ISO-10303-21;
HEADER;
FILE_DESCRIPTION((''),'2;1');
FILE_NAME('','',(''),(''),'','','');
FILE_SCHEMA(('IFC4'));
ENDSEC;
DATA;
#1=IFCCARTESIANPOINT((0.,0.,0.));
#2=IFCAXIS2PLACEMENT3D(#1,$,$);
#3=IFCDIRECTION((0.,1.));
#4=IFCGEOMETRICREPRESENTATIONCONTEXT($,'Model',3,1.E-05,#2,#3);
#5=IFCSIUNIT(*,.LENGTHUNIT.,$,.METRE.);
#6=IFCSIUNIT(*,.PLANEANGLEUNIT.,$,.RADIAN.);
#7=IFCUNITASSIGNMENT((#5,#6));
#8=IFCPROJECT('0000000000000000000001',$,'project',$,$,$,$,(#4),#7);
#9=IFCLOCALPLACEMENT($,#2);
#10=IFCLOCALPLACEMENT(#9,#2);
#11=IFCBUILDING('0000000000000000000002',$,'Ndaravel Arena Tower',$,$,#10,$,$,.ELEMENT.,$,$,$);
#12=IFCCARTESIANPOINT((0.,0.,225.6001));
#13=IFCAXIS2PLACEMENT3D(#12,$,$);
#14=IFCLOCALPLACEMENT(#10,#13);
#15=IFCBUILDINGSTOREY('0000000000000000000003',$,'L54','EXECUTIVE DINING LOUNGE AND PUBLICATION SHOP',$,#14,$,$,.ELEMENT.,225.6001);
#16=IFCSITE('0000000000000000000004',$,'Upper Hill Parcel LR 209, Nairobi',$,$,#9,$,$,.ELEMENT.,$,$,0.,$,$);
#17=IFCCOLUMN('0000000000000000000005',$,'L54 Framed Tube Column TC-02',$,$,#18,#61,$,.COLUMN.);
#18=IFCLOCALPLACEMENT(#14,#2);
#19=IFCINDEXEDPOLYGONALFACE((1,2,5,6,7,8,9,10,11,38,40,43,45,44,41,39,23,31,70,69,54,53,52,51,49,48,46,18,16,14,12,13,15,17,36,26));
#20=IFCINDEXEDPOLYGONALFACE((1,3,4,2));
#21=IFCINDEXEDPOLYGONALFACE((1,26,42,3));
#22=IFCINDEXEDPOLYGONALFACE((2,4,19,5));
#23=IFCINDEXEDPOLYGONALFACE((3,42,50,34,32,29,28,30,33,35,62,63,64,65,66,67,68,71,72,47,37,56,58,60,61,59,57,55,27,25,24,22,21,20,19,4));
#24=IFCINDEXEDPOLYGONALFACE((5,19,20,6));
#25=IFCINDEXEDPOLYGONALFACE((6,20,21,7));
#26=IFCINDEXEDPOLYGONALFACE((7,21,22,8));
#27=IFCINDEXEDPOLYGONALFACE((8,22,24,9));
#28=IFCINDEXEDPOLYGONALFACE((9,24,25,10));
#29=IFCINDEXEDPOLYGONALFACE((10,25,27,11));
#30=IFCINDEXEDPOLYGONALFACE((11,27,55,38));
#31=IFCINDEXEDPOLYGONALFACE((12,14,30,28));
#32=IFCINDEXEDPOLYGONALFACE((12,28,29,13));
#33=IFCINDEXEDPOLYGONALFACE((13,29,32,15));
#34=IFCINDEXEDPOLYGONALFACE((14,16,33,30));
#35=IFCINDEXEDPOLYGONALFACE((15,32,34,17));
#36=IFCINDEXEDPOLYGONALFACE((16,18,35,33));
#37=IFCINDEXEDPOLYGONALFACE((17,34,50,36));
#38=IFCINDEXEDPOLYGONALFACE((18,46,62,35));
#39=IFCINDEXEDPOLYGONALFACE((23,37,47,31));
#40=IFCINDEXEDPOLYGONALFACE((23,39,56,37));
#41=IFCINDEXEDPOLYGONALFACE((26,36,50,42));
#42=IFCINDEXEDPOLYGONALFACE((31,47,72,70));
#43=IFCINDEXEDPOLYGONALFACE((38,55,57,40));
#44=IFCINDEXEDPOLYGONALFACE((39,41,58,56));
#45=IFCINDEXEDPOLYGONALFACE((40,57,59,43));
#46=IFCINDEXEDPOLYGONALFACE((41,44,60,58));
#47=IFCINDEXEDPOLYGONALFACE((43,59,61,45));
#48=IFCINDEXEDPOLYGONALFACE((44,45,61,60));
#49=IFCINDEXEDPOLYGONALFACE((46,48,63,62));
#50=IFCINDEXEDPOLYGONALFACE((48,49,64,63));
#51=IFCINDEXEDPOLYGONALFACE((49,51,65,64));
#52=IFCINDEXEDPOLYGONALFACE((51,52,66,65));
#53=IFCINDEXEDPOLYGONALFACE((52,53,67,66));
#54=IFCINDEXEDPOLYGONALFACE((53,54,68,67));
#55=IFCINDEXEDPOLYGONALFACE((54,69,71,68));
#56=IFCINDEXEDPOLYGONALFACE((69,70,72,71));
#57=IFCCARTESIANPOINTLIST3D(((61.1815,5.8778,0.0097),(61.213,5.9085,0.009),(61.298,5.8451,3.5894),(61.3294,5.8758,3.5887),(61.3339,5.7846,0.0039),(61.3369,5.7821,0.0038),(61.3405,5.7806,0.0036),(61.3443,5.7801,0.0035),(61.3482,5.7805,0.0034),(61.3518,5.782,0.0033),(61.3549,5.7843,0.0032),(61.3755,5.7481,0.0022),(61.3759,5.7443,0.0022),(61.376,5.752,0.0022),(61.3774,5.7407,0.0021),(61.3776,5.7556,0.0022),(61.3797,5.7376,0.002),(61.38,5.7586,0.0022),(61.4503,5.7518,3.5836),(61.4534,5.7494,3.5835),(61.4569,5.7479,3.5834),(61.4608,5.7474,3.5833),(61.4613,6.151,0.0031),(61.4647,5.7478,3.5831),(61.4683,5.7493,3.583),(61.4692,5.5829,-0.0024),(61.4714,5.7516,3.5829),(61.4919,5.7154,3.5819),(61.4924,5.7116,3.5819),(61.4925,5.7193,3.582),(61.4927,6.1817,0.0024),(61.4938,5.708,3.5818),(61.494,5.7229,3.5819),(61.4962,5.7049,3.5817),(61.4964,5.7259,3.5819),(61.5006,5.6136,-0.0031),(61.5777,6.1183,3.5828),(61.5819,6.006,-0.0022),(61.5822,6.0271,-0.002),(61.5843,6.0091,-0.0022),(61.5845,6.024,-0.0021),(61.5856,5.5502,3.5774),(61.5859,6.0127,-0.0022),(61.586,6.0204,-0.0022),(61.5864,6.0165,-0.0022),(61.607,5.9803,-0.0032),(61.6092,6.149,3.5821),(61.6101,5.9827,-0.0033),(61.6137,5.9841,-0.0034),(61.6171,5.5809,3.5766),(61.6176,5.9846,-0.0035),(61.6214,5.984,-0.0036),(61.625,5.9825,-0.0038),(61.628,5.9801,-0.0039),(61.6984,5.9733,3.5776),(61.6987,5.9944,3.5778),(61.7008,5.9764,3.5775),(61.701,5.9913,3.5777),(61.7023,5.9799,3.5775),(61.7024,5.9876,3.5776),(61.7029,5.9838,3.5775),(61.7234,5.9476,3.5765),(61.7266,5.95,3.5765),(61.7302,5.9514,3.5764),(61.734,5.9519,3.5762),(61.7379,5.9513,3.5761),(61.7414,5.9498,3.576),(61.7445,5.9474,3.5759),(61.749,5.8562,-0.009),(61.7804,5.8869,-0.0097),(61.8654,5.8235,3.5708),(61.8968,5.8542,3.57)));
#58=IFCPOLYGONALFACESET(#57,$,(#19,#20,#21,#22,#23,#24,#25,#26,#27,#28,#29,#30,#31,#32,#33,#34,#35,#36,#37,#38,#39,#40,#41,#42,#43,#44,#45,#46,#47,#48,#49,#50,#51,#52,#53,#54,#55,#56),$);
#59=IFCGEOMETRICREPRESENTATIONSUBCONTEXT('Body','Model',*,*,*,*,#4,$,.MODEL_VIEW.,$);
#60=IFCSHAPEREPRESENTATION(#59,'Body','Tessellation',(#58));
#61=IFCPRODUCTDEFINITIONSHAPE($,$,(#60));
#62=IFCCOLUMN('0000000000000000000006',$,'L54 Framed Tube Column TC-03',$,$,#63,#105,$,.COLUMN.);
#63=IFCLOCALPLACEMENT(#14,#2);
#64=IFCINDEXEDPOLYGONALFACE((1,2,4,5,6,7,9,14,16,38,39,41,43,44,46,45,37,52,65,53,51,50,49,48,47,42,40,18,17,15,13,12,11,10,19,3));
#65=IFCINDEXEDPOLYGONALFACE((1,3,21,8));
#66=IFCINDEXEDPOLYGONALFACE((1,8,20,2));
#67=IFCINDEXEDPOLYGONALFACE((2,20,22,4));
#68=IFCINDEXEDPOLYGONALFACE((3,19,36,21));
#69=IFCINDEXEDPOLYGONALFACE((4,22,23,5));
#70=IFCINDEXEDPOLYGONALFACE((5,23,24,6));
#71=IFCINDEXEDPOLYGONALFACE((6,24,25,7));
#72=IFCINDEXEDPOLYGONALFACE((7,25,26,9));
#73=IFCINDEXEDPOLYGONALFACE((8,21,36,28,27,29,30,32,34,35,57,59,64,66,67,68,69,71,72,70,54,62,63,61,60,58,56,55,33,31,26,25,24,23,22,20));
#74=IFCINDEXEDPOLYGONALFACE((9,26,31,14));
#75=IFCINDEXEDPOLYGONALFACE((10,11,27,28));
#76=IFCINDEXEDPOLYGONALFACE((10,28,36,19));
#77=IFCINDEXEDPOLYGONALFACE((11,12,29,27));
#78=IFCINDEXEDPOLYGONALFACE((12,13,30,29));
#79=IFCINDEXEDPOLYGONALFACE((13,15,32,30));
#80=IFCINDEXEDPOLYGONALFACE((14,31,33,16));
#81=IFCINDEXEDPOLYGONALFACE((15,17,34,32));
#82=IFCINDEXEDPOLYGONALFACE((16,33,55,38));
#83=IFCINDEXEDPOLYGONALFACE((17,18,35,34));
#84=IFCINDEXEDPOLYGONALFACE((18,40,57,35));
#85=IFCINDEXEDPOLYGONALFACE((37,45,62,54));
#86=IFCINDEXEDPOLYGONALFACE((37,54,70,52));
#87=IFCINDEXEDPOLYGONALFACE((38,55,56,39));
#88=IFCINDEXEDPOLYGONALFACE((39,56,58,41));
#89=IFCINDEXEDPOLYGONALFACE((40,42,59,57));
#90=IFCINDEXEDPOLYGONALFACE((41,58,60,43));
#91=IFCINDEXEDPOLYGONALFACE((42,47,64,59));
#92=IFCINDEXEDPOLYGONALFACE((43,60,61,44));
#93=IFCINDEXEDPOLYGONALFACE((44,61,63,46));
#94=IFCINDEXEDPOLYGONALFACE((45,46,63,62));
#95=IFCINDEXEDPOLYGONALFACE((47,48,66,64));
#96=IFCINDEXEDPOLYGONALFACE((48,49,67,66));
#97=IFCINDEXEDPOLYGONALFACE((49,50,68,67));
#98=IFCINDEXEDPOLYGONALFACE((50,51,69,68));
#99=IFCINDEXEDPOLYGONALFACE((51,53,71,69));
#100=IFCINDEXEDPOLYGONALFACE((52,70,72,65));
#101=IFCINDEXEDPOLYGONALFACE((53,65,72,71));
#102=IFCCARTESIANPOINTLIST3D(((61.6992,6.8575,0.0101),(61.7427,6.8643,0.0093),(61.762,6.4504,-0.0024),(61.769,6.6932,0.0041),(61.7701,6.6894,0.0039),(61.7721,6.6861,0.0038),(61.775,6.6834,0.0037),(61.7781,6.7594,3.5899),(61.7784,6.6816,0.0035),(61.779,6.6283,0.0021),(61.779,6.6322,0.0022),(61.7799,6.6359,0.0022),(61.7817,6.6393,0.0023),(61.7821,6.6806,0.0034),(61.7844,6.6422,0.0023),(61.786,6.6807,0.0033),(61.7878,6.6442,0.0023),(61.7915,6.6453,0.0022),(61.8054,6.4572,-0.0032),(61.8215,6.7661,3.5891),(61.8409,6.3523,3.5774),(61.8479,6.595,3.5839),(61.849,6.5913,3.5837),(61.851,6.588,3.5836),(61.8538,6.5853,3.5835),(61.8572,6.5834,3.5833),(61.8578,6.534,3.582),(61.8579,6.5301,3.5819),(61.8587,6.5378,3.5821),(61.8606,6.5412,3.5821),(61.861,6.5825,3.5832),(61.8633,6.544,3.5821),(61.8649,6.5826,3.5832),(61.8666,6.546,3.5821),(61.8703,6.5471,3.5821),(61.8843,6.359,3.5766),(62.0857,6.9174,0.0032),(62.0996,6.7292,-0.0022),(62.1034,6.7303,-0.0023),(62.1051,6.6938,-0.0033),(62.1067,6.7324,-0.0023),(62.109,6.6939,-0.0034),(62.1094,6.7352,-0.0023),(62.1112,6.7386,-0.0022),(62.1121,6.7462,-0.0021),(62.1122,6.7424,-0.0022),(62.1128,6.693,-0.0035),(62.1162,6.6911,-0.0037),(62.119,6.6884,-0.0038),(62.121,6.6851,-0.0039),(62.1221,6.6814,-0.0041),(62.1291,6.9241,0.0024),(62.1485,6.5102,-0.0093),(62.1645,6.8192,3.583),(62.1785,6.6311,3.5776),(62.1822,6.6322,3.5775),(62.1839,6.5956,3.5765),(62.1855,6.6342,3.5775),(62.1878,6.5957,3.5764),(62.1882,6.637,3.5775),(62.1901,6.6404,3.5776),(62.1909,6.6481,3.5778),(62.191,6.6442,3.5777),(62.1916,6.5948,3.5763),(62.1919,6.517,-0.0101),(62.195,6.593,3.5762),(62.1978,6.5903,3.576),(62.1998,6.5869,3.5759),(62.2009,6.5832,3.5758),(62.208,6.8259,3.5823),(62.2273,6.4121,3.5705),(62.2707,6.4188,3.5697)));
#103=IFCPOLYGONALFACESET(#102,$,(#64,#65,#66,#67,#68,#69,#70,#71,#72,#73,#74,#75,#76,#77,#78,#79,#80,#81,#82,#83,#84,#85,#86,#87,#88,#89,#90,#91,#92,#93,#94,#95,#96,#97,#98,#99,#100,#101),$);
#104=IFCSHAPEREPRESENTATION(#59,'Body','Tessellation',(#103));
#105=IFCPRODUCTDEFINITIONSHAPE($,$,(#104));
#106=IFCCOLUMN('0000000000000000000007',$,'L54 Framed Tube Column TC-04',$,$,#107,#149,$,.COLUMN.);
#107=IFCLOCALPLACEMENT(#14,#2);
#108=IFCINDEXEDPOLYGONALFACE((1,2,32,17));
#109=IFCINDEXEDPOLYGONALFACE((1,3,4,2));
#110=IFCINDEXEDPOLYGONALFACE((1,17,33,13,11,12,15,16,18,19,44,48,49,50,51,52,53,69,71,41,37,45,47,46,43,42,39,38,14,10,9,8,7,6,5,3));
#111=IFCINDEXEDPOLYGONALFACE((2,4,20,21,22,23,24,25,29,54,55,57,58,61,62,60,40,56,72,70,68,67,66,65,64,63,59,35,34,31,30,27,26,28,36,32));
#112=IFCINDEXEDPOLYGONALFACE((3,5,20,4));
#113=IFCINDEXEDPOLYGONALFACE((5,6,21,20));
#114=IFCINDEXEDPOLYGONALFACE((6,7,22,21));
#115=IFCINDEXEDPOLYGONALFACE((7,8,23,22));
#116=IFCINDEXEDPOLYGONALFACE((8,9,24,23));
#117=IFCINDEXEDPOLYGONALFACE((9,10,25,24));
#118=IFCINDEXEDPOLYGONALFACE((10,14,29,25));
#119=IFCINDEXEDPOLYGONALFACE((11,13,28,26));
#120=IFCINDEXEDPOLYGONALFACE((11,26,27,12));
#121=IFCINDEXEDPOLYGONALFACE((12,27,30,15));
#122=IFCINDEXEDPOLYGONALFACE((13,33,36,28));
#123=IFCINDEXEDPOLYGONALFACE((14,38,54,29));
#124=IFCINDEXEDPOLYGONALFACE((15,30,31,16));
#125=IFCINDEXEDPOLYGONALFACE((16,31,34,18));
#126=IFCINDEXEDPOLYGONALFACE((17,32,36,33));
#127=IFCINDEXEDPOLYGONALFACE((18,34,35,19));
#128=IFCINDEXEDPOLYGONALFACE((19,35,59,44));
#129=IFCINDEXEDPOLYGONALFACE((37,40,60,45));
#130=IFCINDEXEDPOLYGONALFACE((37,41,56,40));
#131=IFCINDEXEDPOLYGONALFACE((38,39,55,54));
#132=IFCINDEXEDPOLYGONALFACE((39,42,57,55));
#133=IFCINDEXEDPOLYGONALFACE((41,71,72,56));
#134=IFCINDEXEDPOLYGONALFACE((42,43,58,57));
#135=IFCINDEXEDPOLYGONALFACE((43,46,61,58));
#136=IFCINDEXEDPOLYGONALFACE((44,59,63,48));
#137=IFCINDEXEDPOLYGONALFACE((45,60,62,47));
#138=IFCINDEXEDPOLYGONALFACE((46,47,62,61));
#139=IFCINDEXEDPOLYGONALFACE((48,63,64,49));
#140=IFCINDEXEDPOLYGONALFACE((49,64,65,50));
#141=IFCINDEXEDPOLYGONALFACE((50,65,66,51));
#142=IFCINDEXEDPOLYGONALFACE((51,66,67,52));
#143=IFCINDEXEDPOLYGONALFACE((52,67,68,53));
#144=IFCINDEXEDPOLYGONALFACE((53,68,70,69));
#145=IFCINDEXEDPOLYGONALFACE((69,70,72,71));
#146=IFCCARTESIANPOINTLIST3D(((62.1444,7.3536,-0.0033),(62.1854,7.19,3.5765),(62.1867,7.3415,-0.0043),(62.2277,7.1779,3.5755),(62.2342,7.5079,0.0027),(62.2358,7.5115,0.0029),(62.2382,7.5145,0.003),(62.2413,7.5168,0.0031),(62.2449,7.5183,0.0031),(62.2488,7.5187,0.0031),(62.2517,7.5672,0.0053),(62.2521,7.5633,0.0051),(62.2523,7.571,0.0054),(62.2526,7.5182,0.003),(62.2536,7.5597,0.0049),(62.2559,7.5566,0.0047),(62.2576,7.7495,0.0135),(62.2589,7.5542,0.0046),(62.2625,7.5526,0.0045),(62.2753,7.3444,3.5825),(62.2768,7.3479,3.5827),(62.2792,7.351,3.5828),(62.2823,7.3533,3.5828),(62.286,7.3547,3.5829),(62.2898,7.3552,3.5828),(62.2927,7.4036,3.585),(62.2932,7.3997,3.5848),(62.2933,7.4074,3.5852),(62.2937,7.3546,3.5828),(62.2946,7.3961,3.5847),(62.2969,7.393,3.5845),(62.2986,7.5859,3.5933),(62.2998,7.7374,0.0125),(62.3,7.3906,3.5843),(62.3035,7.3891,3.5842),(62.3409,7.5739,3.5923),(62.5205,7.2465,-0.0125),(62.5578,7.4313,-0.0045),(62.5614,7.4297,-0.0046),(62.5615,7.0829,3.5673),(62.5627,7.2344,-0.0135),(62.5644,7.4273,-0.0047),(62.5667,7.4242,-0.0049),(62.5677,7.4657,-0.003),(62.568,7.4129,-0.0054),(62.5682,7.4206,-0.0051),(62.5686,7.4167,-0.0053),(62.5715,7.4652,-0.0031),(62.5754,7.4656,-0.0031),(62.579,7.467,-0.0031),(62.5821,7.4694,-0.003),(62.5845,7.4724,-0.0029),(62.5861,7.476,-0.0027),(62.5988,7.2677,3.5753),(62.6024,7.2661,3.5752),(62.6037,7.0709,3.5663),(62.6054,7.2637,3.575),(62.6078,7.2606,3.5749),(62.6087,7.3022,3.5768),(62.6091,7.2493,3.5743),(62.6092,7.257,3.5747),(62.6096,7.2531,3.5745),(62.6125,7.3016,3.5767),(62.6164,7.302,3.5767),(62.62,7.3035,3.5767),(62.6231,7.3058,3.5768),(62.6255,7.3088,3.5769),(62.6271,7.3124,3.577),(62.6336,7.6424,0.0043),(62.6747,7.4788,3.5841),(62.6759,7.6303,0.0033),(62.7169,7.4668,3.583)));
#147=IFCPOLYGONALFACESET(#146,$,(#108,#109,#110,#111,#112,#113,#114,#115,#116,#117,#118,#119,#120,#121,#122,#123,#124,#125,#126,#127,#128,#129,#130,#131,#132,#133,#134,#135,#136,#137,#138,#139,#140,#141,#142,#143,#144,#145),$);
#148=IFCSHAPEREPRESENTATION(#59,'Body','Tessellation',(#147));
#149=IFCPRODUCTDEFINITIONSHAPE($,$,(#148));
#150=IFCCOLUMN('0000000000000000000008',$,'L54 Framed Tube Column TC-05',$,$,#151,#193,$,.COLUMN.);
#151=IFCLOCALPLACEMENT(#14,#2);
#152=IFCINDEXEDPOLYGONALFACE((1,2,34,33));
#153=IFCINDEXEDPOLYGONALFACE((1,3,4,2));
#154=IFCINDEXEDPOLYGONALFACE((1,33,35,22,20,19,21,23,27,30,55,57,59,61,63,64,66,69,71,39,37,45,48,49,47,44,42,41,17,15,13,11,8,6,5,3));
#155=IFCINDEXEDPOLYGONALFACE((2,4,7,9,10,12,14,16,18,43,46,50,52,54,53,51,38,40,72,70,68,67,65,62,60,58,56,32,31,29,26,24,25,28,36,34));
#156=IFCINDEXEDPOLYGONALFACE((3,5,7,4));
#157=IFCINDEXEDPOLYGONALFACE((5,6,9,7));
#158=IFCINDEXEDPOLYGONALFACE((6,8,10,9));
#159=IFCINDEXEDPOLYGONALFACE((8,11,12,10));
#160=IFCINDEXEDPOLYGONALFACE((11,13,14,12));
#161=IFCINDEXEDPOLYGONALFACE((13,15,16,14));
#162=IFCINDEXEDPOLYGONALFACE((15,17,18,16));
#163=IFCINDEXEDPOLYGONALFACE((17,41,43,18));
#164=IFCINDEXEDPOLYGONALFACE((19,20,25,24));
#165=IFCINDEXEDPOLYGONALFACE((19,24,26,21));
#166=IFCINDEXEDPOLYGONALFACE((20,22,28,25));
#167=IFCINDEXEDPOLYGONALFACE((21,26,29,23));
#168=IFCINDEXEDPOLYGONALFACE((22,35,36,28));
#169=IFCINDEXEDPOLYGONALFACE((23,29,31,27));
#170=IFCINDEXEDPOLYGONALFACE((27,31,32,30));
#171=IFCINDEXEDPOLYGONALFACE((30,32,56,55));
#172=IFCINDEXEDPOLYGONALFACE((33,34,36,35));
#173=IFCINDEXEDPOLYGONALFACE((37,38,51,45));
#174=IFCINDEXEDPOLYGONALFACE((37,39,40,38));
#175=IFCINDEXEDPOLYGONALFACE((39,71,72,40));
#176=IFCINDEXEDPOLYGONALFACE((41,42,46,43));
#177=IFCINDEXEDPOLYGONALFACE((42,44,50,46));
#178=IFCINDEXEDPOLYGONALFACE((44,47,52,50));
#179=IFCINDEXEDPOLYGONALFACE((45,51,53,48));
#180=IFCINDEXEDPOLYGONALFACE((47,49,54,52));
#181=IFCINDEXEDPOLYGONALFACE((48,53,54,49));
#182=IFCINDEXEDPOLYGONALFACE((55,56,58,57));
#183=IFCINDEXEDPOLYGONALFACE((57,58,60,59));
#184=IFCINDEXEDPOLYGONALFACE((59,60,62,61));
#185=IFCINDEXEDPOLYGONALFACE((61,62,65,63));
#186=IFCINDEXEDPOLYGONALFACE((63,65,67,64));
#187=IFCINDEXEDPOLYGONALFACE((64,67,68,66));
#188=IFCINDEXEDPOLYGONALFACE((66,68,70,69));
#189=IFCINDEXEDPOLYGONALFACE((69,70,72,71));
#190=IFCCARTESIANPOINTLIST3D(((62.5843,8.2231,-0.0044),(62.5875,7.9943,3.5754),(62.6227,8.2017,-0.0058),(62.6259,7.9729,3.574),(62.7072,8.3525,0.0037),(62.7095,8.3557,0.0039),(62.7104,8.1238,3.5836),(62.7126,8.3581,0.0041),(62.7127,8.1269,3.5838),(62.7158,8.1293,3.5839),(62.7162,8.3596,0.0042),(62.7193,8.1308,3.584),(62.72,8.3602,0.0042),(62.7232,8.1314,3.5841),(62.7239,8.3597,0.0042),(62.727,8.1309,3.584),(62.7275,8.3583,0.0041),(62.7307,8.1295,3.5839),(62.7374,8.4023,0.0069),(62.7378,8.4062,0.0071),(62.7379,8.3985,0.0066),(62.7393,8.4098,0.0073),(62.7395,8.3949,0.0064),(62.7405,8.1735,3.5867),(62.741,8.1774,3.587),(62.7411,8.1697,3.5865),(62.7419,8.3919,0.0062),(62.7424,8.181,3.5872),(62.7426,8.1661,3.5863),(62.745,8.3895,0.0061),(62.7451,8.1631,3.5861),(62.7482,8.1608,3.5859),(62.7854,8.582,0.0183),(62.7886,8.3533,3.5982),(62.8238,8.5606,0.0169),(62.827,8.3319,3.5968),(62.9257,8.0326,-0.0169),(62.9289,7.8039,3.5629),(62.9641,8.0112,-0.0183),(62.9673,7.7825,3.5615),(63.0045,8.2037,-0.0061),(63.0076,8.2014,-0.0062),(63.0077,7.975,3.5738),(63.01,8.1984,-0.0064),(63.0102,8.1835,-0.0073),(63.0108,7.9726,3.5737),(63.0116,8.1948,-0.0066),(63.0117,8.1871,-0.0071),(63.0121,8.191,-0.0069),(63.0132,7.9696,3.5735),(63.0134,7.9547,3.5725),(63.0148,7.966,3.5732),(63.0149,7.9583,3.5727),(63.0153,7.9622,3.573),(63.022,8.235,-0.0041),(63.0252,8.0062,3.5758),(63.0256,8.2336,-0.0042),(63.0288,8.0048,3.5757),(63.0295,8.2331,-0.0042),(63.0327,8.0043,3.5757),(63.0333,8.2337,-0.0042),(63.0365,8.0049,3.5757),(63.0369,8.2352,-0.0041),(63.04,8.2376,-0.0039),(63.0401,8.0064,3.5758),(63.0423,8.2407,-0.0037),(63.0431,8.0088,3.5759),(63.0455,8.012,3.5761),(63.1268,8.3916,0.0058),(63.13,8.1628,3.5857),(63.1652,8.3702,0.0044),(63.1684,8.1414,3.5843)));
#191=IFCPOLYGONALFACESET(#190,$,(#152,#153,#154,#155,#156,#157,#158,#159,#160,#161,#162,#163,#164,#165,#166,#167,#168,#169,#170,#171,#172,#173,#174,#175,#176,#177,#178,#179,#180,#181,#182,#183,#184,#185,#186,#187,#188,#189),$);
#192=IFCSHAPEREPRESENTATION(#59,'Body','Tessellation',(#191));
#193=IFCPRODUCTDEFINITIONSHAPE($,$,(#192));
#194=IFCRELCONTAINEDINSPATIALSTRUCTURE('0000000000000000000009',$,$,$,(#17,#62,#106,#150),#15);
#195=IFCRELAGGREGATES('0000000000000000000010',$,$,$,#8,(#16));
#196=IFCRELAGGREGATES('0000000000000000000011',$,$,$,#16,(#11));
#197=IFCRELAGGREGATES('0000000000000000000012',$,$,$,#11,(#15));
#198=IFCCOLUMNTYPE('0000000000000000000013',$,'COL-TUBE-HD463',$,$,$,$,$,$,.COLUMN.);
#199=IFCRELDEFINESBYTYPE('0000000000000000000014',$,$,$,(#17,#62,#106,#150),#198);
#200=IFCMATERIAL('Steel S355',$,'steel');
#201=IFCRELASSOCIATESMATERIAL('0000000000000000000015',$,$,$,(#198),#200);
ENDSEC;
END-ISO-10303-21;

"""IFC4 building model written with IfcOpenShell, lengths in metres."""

from ifc_helpers import new_model, si_unit, direction, frame, origin, origin_2d, place, context, subcontext, project, spatial, i_section, extrude, material, material_profile, profile_set, type_object, element, save


model = new_model("IFC4")

# Units and contexts
model_context = context("Model", 3, precision=1e-05, world=origin(), true_north=direction((0.0, 1.0)))
body_context = subcontext(model_context, "Body", "Model", "MODEL_VIEW")
ifc_project = project(units=[si_unit("LENGTHUNIT", "METRE"), si_unit("PLANEANGLEUNIT", "RADIAN")], contexts=[model_context])

# Site, building, storey
site_placement = place(None, origin())
site = spatial("IfcSite", under=ifc_project, at=site_placement, Name="Upper Hill Parcel LR 209, Nairobi", CompositionType="ELEMENT", RefElevation=0.0)
building_placement = place(site_placement, origin())
building = spatial("IfcBuilding", under=site, at=building_placement, Name="Ndaravel Arena Tower", CompositionType="ELEMENT")
storey_placement = place(building_placement, frame((0.0, 0.0, 225.6001)))
storey = spatial("IfcBuildingStorey", under=building, at=storey_placement, Name="L54", Description="EXECUTIVE DINING LOUNGE AND PUBLICATION SHOP", CompositionType="ELEMENT", Elevation=225.6001)

# Columns
ifc_material_1 = material(Name="Steel S355", Category="steel")
ifc_material_profile_1 = material_profile(ifc_material_1, i_section(OverallWidth=0.4121, OverallDepth=0.4351, WebThickness=0.0359, FlangeThickness=0.0439, FilletRadius=0.0149, at=origin_2d()), Name="HD 400x463")
ifc_profile_set_1 = profile_set([ifc_material_profile_1], Name="Steel S355")
column_type = type_object("IfcColumnType", Name="COL-TUBE-HD463", PredefinedType="COLUMN", material=ifc_profile_set_1)
column_1_placement = place(storey_placement, frame((61.481, 5.8823, 0.0), z_axis=(0.032512, -0.009133, 0.99943), x_axis=(-0.698049, 0.715452, 0.029246)))
element("IfcColumn", 1, at=column_1_placement, inside=storey, type_object=column_type, Name="L54 Framed Tube Column TC-02", PredefinedType="COLUMN", context=body_context, shape_type="SweptSolid", body=[
    extrude(i_section(OverallWidth=0.4121, OverallDepth=0.4351, WebThickness=0.0359, FlangeThickness=0.0439, FilletRadius=0.0149, at=origin_2d()), origin(), (0.0, 0.0, 1.0), 3.5818),
])
column_2_placement = place(storey_placement, frame((61.9456, 6.6873, 0.0), z_axis=(0.022015, -0.027399, 0.999382), x_axis=(-0.152328, 0.987861, 0.030439)))
element("IfcColumn", 2, at=column_2_placement, inside=storey, type_object=column_type, Name="L54 Framed Tube Column TC-03", PredefinedType="COLUMN", context=body_context, shape_type="SweptSolid", body=[
    extrude(i_section(OverallWidth=0.4121, OverallDepth=0.4351, WebThickness=0.0359, FlangeThickness=0.0439, FilletRadius=0.0149, at=origin_2d()), origin(), (0.0, 0.0, 1.0), 3.582),
])
column_3_placement = place(storey_placement, frame((62.4102, 7.4919, 0.0), z_axis=(0.011445, -0.045643, 0.998892), x_axis=(0.274587, 0.960698, 0.040751)))
element("IfcColumn", 3, at=column_3_placement, inside=storey, type_object=column_type, Name="L54 Framed Tube Column TC-04", PredefinedType="COLUMN", context=body_context, shape_type="SweptSolid", body=[
    extrude(i_section(OverallWidth=0.4121, OverallDepth=0.4351, WebThickness=0.0359, FlangeThickness=0.0439, FilletRadius=0.0149, at=origin_2d()), origin(), (0.0, 0.0, 1.0), 3.5837),
])
column_4_placement = place(storey_placement, frame((62.8748, 8.2966, 0.0), z_axis=(0.000885, -0.063772, 0.997964), x_axis=(0.487962, 0.871115, 0.055234)))
element("IfcColumn", 4, at=column_4_placement, inside=storey, type_object=column_type, Name="L54 Framed Tube Column TC-05", PredefinedType="COLUMN", context=body_context, shape_type="SweptSolid", body=[
    extrude(i_section(OverallWidth=0.4121, OverallDepth=0.4351, WebThickness=0.0359, FlangeThickness=0.0439, FilletRadius=0.0149, at=origin_2d()), origin(), (0.0, 0.0, 1.0), 3.5872),
])

save(model, "model.ifc")
